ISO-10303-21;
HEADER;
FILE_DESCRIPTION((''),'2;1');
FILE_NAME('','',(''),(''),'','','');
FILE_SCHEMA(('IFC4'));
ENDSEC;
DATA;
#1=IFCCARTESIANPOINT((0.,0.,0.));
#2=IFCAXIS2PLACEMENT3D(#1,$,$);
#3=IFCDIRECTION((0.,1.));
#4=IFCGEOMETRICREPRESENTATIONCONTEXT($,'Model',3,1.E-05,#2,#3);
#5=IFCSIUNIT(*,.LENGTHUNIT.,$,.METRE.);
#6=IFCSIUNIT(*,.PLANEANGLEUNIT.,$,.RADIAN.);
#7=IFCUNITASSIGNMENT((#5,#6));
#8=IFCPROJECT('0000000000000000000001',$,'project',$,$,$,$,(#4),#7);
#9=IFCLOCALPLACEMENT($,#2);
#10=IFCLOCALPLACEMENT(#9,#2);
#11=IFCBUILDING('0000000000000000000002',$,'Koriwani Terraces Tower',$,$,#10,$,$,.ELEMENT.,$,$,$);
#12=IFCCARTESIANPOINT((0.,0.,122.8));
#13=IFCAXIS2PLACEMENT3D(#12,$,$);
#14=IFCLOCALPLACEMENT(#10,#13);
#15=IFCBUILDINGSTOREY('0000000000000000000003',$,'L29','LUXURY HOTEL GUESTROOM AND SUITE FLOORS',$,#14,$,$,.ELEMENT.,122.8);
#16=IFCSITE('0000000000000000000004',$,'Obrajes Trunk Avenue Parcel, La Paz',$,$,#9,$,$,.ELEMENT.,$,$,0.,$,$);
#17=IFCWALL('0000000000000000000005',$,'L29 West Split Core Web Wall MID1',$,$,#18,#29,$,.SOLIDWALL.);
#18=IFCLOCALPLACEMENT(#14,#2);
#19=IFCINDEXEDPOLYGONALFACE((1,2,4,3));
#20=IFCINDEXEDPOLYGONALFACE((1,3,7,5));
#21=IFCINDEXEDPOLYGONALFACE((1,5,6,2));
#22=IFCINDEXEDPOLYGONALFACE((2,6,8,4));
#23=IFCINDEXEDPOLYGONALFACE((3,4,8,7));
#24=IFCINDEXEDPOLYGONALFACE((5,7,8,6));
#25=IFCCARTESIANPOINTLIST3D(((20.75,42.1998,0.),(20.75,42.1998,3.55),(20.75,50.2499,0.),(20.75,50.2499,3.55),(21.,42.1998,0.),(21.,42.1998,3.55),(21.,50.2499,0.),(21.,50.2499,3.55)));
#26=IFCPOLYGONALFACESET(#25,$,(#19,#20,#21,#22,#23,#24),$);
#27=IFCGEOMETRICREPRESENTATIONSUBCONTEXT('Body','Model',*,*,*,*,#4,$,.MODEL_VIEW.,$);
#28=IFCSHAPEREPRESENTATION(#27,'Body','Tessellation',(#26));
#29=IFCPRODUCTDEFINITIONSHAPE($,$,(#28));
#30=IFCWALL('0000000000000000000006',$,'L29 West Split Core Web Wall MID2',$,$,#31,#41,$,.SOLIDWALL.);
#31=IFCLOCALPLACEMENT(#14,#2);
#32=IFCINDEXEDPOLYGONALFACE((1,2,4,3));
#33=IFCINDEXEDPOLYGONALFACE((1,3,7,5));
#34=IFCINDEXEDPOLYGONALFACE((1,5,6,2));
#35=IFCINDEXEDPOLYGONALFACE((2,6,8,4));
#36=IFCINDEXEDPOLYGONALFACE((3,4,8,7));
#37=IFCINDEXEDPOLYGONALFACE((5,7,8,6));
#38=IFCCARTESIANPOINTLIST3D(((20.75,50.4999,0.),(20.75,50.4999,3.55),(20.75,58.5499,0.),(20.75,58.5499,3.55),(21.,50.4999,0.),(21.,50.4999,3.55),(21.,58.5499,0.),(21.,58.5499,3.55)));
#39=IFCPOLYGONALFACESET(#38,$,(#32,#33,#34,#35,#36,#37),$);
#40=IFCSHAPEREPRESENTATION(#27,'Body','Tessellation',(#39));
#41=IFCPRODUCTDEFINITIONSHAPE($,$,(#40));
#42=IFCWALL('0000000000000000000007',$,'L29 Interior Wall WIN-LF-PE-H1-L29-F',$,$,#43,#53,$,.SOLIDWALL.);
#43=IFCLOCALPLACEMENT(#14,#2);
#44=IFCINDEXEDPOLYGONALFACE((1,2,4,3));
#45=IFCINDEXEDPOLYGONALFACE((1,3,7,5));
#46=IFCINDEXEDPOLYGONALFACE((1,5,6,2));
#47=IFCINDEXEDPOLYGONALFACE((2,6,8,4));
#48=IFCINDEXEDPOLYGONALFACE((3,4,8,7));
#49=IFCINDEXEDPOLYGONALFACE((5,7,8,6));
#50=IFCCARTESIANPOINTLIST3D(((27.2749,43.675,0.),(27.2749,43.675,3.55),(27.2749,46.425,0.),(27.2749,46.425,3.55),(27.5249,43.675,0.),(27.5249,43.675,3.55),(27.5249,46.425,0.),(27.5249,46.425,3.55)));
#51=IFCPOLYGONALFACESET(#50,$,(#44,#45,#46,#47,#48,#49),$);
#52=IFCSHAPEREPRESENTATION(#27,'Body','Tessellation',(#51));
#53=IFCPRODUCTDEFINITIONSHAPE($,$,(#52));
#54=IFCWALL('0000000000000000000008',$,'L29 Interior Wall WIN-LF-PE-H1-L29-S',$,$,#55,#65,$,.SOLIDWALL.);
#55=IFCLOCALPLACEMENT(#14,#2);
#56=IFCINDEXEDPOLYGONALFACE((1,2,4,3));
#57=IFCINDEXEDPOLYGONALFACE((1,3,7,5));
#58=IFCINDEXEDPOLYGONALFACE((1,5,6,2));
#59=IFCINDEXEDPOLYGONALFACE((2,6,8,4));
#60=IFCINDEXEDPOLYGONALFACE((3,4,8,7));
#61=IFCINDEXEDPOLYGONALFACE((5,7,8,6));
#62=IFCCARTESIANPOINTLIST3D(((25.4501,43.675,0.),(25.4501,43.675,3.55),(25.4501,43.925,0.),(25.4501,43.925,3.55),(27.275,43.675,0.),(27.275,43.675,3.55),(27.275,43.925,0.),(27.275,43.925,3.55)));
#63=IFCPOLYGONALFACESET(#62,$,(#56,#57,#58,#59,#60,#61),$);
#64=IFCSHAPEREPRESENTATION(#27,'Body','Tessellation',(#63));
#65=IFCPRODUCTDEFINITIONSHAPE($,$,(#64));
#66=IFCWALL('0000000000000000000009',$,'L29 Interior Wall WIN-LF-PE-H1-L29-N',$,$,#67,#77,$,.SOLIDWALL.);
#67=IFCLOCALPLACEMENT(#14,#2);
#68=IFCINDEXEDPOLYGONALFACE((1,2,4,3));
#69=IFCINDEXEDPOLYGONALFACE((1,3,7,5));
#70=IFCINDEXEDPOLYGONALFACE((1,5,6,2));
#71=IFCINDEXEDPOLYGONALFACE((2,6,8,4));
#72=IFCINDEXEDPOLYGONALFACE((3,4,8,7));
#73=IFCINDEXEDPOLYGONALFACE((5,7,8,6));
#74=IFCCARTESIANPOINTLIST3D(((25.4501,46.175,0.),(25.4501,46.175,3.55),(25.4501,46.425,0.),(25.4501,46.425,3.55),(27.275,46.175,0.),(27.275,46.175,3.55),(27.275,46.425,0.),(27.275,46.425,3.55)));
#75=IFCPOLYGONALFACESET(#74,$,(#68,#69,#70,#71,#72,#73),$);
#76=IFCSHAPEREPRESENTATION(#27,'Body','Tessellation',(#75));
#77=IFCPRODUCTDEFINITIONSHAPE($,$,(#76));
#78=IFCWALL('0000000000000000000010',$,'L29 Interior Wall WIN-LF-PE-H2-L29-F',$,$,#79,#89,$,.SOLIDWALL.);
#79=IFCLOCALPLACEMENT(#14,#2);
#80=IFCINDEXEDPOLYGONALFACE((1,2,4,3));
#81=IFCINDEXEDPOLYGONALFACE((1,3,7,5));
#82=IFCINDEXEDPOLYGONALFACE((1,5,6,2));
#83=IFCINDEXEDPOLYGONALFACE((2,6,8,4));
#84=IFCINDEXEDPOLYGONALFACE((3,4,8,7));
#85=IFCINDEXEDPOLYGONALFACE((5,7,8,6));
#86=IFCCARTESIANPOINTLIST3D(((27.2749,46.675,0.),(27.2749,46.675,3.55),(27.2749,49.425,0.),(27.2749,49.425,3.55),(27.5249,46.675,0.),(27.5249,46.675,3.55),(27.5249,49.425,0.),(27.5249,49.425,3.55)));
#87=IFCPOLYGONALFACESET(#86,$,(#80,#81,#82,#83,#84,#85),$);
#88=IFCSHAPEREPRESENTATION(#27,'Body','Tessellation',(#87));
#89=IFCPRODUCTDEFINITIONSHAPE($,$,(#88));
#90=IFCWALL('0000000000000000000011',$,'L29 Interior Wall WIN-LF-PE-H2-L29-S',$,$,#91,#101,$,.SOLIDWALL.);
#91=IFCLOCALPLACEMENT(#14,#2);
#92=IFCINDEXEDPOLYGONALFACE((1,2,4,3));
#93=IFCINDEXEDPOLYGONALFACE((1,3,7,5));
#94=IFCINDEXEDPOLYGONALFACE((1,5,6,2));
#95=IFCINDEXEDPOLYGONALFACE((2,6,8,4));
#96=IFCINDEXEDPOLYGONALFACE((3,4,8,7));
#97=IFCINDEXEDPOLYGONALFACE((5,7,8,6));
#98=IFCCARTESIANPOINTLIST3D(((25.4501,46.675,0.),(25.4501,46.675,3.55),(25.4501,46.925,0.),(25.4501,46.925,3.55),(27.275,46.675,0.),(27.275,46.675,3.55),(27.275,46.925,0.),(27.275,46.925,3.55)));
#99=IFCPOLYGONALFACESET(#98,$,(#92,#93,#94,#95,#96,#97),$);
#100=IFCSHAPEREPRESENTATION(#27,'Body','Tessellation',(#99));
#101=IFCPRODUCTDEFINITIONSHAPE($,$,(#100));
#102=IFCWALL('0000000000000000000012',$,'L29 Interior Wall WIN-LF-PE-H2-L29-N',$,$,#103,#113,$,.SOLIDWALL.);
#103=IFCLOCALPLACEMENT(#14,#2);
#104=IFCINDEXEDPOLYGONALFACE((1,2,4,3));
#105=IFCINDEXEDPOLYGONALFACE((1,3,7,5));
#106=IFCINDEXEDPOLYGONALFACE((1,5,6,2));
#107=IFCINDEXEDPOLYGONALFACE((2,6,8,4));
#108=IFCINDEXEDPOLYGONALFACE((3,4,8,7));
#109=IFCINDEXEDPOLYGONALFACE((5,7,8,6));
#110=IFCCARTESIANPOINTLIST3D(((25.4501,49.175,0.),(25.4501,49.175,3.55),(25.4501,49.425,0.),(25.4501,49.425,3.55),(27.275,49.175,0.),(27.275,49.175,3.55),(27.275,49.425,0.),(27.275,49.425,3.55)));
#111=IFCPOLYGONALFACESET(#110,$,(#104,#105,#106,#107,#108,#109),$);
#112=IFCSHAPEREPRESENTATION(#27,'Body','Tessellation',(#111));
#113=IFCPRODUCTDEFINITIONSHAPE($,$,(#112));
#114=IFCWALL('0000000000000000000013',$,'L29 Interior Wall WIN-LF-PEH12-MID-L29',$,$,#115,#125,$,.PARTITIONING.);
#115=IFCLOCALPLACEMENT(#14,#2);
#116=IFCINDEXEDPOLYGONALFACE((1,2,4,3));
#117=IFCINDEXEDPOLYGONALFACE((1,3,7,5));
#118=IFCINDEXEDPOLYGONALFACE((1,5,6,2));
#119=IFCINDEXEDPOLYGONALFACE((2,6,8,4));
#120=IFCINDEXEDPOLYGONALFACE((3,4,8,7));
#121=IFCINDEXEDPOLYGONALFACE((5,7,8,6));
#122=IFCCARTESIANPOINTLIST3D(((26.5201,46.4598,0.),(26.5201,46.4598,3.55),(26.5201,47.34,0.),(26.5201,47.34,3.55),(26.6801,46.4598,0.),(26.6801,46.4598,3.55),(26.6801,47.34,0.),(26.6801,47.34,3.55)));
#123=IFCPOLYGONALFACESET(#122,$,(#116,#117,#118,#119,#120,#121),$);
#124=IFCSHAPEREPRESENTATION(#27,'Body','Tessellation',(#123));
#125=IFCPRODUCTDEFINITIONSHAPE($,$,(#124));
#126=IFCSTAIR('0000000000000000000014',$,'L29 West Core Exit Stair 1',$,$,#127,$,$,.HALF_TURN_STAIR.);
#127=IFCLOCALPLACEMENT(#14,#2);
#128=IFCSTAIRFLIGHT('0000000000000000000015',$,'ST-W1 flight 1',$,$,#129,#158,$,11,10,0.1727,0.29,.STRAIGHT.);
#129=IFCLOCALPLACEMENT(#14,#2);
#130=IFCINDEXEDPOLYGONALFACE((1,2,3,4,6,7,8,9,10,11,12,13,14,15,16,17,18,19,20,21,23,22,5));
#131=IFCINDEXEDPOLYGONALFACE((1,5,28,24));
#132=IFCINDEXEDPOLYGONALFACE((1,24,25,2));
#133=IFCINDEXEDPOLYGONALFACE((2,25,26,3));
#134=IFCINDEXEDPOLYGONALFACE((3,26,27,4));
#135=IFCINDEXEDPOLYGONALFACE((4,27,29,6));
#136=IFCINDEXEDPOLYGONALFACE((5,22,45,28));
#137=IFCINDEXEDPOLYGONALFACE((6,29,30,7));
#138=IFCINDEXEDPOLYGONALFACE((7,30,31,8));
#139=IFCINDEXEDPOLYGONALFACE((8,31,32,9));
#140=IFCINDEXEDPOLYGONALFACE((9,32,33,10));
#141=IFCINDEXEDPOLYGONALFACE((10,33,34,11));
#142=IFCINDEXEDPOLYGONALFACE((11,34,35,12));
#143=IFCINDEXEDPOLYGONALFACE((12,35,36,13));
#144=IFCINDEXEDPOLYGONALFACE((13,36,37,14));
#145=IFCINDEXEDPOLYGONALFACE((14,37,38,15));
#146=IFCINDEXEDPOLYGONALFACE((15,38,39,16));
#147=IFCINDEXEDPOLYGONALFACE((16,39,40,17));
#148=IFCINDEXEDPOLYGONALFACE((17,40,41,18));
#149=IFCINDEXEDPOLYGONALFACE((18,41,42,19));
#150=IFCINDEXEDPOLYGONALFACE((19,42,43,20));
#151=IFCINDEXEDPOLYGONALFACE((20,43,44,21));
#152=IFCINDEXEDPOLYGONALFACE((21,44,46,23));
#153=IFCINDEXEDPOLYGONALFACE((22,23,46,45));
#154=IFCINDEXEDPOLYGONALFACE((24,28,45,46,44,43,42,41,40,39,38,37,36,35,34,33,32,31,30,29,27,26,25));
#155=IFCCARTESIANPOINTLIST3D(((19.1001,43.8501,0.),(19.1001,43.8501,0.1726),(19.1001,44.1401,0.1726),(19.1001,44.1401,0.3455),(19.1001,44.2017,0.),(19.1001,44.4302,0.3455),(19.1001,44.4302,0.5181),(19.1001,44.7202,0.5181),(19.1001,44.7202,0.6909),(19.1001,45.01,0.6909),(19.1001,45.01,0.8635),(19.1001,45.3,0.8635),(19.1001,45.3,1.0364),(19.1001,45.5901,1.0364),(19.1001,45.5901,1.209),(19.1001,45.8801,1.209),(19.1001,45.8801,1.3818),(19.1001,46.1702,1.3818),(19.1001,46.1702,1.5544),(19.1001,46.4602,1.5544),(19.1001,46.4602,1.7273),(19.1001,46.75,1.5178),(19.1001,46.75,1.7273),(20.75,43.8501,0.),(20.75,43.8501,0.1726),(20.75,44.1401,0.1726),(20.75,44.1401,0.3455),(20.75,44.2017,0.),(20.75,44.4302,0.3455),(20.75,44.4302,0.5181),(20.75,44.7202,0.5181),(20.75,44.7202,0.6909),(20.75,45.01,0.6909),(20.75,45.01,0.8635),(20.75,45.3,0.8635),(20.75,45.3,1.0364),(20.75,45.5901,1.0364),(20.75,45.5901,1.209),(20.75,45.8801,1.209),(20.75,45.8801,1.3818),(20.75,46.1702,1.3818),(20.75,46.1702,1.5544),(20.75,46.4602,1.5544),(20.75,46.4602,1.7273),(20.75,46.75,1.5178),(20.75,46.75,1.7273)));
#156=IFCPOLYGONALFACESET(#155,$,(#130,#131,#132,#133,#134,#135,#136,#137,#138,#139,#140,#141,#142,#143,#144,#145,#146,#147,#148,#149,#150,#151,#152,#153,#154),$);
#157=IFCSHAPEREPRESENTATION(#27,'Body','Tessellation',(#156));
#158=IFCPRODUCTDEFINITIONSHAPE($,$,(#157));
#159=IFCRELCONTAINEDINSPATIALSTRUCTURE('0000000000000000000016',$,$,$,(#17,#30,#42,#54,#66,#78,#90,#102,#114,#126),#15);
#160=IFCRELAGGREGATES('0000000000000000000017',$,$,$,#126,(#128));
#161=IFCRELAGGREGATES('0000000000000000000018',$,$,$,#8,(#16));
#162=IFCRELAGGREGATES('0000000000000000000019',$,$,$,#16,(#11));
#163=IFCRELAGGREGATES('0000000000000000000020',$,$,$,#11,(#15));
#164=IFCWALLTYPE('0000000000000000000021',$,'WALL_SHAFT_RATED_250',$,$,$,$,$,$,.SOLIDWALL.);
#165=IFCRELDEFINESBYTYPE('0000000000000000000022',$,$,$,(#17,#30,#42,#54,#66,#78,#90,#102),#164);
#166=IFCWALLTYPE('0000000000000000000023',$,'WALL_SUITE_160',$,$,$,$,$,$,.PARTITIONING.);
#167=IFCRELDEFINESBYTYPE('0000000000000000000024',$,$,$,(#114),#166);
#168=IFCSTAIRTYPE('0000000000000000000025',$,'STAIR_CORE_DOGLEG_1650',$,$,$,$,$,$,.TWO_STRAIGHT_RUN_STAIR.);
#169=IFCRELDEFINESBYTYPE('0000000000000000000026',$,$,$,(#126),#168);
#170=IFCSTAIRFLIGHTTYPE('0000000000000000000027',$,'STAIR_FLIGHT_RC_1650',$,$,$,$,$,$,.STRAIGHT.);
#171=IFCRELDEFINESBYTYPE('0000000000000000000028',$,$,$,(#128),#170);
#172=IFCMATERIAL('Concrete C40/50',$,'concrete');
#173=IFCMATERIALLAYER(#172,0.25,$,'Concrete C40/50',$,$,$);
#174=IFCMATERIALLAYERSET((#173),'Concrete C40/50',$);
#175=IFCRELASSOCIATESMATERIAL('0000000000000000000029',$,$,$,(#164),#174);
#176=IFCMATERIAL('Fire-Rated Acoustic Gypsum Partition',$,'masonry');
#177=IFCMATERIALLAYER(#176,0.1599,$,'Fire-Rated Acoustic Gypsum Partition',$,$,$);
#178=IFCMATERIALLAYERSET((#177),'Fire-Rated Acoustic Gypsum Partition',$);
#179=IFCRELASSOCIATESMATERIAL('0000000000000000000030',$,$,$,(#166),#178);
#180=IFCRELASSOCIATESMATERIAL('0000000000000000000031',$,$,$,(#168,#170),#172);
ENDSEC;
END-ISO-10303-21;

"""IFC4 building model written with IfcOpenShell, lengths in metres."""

from ifc_helpers import new_model, si_unit, direction, frame, frame_2d, origin, place, context, subcontext, project, spatial, polyline, rectangle, outline, extrude, material, layer, layer_set, type_object, element, aggregate, save


model = new_model("IFC4")

# Units and contexts
model_context = context("Model", 3, precision=1e-05, world=origin(), true_north=direction((0.0, 1.0)))
body_context = subcontext(model_context, "Body", "Model", "MODEL_VIEW")
ifc_project = project(units=[si_unit("LENGTHUNIT", "METRE"), si_unit("PLANEANGLEUNIT", "RADIAN")], contexts=[model_context])

# Site, building, storey
site_placement = place(None, origin())
site = spatial("IfcSite", under=ifc_project, at=site_placement, Name="Obrajes Trunk Avenue Parcel, La Paz", CompositionType="ELEMENT", RefElevation=0.0)
building_placement = place(site_placement, origin())
building = spatial("IfcBuilding", under=site, at=building_placement, Name="Koriwani Terraces Tower", CompositionType="ELEMENT")
storey_placement = place(building_placement, frame((0.0, 0.0, 122.8)))
storey = spatial("IfcBuildingStorey", under=building, at=storey_placement, Name="L29", Description="LUXURY HOTEL GUESTROOM AND SUITE FLOORS", CompositionType="ELEMENT", Elevation=122.8)

# Walls
ifc_material_1 = material(Name="Concrete C40/50", Category="concrete")
ifc_layer_1 = layer(ifc_material_1, 0.25, Name="Concrete C40/50")
ifc_layer_set_1 = layer_set([ifc_layer_1], Name="Concrete C40/50")
wall_type_1 = type_object("IfcWallType", Name="WALL_SHAFT_RATED_250", PredefinedType="SOLIDWALL", material=ifc_layer_set_1)
for number, where, z_axis, x_axis, name in (
    (1, (20.875, 42.2, 0.0), (0.0, 0.0, 1.0), (0.0, 1.0, 0.0), "L29 West Split Core Web Wall MID1"),
    (2, (20.875, 50.5, 0.0), (0.0, 0.0, 1.0), (0.0, 1.0, 0.0), "L29 West Split Core Web Wall MID2"),
):
    element("IfcWall", number, at=place(storey_placement, frame(where, z_axis=z_axis, x_axis=x_axis)), inside=storey, type_object=wall_type_1, Name=name, PredefinedType="SOLIDWALL", context=body_context, shape_type="SweptSolid", body=[
        extrude(rectangle(XDim=8.05, YDim=0.25, at=frame_2d((4.0249, 0.0))), origin(), (0.0, 0.0, 1.0), 3.55),
    ])

# Walls
wall_1_placement = place(storey_placement, frame((27.3999, 43.675, 0.0), z_axis=(0.0, 0.0, 1.0), x_axis=(0.0, 1.0, 0.0)))
element("IfcWall", 3, at=wall_1_placement, inside=storey, type_object=wall_type_1, Name="L29 Interior Wall WIN-LF-PE-H1-L29-F", PredefinedType="SOLIDWALL", context=body_context, shape_type="SweptSolid", body=[
    extrude(rectangle(XDim=2.75, YDim=0.25, at=frame_2d((1.375, 0.0))), origin(), (0.0, 0.0, 1.0), 3.55),
])
for number, where, z_axis, x_axis, name in (
    (4, (25.45, 43.8, 0.0), (0.0, 0.0, 1.0), (1.0, 0.0, 0.0), "L29 Interior Wall WIN-LF-PE-H1-L29-S"),
    (5, (25.45, 46.3, 0.0), (0.0, 0.0, 1.0), (1.0, 0.0, 0.0), "L29 Interior Wall WIN-LF-PE-H1-L29-N"),
):
    element("IfcWall", number, at=place(storey_placement, frame(where, z_axis=z_axis, x_axis=x_axis)), inside=storey, type_object=wall_type_1, Name=name, PredefinedType="SOLIDWALL", context=body_context, shape_type="SweptSolid", body=[
        extrude(rectangle(XDim=1.825, YDim=0.25, at=frame_2d((0.9126, 0.0))), origin(), (0.0, 0.0, 1.0), 3.55),
    ])
wall_2_placement = place(storey_placement, frame((27.3999, 46.675, 0.0), z_axis=(0.0, 0.0, 1.0), x_axis=(0.0, 1.0, 0.0)))
element("IfcWall", 6, at=wall_2_placement, inside=storey, type_object=wall_type_1, Name="L29 Interior Wall WIN-LF-PE-H2-L29-F", PredefinedType="SOLIDWALL", context=body_context, shape_type="SweptSolid", body=[
    extrude(rectangle(XDim=2.75, YDim=0.25, at=frame_2d((1.375, 0.0))), origin(), (0.0, 0.0, 1.0), 3.55),
])
for number, where, z_axis, x_axis, name in (
    (7, (25.45, 46.8, 0.0), (0.0, 0.0, 1.0), (1.0, 0.0, 0.0), "L29 Interior Wall WIN-LF-PE-H2-L29-S"),
    (8, (25.45, 49.3, 0.0), (0.0, 0.0, 1.0), (1.0, 0.0, 0.0), "L29 Interior Wall WIN-LF-PE-H2-L29-N"),
):
    element("IfcWall", number, at=place(storey_placement, frame(where, z_axis=z_axis, x_axis=x_axis)), inside=storey, type_object=wall_type_1, Name=name, PredefinedType="SOLIDWALL", context=body_context, shape_type="SweptSolid", body=[
        extrude(rectangle(XDim=1.825, YDim=0.25, at=frame_2d((0.9126, 0.0))), origin(), (0.0, 0.0, 1.0), 3.55),
    ])
ifc_material_2 = material(Name="Fire-Rated Acoustic Gypsum Partition", Category="masonry")
ifc_layer_2 = layer(ifc_material_2, 0.1599, Name="Fire-Rated Acoustic Gypsum Partition")
ifc_layer_set_2 = layer_set([ifc_layer_2], Name="Fire-Rated Acoustic Gypsum Partition")
wall_type_2 = type_object("IfcWallType", Name="WALL_SUITE_160", PredefinedType="PARTITIONING", material=ifc_layer_set_2)
wall_3_placement = place(storey_placement, frame((26.6001, 46.46, 0.0), z_axis=(0.0, 0.0, 1.0), x_axis=(0.0, 1.0, 0.0)))
element("IfcWall", 9, at=wall_3_placement, inside=storey, type_object=wall_type_2, Name="L29 Interior Wall WIN-LF-PEH12-MID-L29", PredefinedType="PARTITIONING", context=body_context, shape_type="SweptSolid", body=[
    extrude(rectangle(XDim=0.8801, YDim=0.1599, at=frame_2d((0.4399, 0.0))), origin(), (0.0, 0.0, 1.0), 3.55),
])

# Stair, stair flight
stair_type = type_object("IfcStairType", Name="STAIR_CORE_DOGLEG_1650", PredefinedType="TWO_STRAIGHT_RUN_STAIR", material=ifc_material_1)
stair_placement = place(storey_placement, origin())
stair = element("IfcStair", 10, at=stair_placement, inside=storey, type_object=stair_type, Name="L29 West Core Exit Stair 1", PredefinedType="HALF_TURN_STAIR")
stair_flight_type = type_object("IfcStairFlightType", Name="STAIR_FLIGHT_RC_1650", PredefinedType="STRAIGHT", material=ifc_material_1)
stair_flight_placement = place(storey_placement, frame((19.925, 43.8501, 0.0), z_axis=(0.0, 0.0, 1.0), x_axis=(0.0, 1.0, 0.0)))
stair_flight = element("IfcStairFlight", 11, at=stair_flight_placement, type_object=stair_flight_type, Name="ST-W1 flight 1", NumberOfRisers=11, NumberOfTreads=10, PredefinedType="STRAIGHT", RiserHeight=0.1727, TreadLength=0.29, context=body_context, shape_type="SweptSolid", body=[
    extrude(outline(polyline([(0.0, 0.0), (0.0, 0.1726), (0.29, 0.1726), (0.29, 0.3455), (0.5801, 0.3455), (0.5801, 0.5181), (0.8701, 0.5181), (0.8701, 0.6909), (1.1599, 0.6909), (1.1599, 0.8635), (1.45, 0.8635), (1.45, 1.0364), (1.74, 1.0364), (1.74, 1.209), (2.03, 1.209), (2.03, 1.3818), (2.3201, 1.3818), (2.3201, 1.5544), (2.6101, 1.5544), (2.6101, 1.7273), (2.8999, 1.7273), (2.8999, 1.8999), (2.8999, 1.5178), (0.3516, 0.0), (0.0, 0.0)])), frame((0.0, 0.825, 0.0), z_axis=(0.0, -1.0, 0.0), x_axis=(1.0, 0.0, 0.0)), (0.0, 0.0, 1.0), 1.6499),
])
aggregate(stair, [stair_flight])

save(model, "model.ifc")
